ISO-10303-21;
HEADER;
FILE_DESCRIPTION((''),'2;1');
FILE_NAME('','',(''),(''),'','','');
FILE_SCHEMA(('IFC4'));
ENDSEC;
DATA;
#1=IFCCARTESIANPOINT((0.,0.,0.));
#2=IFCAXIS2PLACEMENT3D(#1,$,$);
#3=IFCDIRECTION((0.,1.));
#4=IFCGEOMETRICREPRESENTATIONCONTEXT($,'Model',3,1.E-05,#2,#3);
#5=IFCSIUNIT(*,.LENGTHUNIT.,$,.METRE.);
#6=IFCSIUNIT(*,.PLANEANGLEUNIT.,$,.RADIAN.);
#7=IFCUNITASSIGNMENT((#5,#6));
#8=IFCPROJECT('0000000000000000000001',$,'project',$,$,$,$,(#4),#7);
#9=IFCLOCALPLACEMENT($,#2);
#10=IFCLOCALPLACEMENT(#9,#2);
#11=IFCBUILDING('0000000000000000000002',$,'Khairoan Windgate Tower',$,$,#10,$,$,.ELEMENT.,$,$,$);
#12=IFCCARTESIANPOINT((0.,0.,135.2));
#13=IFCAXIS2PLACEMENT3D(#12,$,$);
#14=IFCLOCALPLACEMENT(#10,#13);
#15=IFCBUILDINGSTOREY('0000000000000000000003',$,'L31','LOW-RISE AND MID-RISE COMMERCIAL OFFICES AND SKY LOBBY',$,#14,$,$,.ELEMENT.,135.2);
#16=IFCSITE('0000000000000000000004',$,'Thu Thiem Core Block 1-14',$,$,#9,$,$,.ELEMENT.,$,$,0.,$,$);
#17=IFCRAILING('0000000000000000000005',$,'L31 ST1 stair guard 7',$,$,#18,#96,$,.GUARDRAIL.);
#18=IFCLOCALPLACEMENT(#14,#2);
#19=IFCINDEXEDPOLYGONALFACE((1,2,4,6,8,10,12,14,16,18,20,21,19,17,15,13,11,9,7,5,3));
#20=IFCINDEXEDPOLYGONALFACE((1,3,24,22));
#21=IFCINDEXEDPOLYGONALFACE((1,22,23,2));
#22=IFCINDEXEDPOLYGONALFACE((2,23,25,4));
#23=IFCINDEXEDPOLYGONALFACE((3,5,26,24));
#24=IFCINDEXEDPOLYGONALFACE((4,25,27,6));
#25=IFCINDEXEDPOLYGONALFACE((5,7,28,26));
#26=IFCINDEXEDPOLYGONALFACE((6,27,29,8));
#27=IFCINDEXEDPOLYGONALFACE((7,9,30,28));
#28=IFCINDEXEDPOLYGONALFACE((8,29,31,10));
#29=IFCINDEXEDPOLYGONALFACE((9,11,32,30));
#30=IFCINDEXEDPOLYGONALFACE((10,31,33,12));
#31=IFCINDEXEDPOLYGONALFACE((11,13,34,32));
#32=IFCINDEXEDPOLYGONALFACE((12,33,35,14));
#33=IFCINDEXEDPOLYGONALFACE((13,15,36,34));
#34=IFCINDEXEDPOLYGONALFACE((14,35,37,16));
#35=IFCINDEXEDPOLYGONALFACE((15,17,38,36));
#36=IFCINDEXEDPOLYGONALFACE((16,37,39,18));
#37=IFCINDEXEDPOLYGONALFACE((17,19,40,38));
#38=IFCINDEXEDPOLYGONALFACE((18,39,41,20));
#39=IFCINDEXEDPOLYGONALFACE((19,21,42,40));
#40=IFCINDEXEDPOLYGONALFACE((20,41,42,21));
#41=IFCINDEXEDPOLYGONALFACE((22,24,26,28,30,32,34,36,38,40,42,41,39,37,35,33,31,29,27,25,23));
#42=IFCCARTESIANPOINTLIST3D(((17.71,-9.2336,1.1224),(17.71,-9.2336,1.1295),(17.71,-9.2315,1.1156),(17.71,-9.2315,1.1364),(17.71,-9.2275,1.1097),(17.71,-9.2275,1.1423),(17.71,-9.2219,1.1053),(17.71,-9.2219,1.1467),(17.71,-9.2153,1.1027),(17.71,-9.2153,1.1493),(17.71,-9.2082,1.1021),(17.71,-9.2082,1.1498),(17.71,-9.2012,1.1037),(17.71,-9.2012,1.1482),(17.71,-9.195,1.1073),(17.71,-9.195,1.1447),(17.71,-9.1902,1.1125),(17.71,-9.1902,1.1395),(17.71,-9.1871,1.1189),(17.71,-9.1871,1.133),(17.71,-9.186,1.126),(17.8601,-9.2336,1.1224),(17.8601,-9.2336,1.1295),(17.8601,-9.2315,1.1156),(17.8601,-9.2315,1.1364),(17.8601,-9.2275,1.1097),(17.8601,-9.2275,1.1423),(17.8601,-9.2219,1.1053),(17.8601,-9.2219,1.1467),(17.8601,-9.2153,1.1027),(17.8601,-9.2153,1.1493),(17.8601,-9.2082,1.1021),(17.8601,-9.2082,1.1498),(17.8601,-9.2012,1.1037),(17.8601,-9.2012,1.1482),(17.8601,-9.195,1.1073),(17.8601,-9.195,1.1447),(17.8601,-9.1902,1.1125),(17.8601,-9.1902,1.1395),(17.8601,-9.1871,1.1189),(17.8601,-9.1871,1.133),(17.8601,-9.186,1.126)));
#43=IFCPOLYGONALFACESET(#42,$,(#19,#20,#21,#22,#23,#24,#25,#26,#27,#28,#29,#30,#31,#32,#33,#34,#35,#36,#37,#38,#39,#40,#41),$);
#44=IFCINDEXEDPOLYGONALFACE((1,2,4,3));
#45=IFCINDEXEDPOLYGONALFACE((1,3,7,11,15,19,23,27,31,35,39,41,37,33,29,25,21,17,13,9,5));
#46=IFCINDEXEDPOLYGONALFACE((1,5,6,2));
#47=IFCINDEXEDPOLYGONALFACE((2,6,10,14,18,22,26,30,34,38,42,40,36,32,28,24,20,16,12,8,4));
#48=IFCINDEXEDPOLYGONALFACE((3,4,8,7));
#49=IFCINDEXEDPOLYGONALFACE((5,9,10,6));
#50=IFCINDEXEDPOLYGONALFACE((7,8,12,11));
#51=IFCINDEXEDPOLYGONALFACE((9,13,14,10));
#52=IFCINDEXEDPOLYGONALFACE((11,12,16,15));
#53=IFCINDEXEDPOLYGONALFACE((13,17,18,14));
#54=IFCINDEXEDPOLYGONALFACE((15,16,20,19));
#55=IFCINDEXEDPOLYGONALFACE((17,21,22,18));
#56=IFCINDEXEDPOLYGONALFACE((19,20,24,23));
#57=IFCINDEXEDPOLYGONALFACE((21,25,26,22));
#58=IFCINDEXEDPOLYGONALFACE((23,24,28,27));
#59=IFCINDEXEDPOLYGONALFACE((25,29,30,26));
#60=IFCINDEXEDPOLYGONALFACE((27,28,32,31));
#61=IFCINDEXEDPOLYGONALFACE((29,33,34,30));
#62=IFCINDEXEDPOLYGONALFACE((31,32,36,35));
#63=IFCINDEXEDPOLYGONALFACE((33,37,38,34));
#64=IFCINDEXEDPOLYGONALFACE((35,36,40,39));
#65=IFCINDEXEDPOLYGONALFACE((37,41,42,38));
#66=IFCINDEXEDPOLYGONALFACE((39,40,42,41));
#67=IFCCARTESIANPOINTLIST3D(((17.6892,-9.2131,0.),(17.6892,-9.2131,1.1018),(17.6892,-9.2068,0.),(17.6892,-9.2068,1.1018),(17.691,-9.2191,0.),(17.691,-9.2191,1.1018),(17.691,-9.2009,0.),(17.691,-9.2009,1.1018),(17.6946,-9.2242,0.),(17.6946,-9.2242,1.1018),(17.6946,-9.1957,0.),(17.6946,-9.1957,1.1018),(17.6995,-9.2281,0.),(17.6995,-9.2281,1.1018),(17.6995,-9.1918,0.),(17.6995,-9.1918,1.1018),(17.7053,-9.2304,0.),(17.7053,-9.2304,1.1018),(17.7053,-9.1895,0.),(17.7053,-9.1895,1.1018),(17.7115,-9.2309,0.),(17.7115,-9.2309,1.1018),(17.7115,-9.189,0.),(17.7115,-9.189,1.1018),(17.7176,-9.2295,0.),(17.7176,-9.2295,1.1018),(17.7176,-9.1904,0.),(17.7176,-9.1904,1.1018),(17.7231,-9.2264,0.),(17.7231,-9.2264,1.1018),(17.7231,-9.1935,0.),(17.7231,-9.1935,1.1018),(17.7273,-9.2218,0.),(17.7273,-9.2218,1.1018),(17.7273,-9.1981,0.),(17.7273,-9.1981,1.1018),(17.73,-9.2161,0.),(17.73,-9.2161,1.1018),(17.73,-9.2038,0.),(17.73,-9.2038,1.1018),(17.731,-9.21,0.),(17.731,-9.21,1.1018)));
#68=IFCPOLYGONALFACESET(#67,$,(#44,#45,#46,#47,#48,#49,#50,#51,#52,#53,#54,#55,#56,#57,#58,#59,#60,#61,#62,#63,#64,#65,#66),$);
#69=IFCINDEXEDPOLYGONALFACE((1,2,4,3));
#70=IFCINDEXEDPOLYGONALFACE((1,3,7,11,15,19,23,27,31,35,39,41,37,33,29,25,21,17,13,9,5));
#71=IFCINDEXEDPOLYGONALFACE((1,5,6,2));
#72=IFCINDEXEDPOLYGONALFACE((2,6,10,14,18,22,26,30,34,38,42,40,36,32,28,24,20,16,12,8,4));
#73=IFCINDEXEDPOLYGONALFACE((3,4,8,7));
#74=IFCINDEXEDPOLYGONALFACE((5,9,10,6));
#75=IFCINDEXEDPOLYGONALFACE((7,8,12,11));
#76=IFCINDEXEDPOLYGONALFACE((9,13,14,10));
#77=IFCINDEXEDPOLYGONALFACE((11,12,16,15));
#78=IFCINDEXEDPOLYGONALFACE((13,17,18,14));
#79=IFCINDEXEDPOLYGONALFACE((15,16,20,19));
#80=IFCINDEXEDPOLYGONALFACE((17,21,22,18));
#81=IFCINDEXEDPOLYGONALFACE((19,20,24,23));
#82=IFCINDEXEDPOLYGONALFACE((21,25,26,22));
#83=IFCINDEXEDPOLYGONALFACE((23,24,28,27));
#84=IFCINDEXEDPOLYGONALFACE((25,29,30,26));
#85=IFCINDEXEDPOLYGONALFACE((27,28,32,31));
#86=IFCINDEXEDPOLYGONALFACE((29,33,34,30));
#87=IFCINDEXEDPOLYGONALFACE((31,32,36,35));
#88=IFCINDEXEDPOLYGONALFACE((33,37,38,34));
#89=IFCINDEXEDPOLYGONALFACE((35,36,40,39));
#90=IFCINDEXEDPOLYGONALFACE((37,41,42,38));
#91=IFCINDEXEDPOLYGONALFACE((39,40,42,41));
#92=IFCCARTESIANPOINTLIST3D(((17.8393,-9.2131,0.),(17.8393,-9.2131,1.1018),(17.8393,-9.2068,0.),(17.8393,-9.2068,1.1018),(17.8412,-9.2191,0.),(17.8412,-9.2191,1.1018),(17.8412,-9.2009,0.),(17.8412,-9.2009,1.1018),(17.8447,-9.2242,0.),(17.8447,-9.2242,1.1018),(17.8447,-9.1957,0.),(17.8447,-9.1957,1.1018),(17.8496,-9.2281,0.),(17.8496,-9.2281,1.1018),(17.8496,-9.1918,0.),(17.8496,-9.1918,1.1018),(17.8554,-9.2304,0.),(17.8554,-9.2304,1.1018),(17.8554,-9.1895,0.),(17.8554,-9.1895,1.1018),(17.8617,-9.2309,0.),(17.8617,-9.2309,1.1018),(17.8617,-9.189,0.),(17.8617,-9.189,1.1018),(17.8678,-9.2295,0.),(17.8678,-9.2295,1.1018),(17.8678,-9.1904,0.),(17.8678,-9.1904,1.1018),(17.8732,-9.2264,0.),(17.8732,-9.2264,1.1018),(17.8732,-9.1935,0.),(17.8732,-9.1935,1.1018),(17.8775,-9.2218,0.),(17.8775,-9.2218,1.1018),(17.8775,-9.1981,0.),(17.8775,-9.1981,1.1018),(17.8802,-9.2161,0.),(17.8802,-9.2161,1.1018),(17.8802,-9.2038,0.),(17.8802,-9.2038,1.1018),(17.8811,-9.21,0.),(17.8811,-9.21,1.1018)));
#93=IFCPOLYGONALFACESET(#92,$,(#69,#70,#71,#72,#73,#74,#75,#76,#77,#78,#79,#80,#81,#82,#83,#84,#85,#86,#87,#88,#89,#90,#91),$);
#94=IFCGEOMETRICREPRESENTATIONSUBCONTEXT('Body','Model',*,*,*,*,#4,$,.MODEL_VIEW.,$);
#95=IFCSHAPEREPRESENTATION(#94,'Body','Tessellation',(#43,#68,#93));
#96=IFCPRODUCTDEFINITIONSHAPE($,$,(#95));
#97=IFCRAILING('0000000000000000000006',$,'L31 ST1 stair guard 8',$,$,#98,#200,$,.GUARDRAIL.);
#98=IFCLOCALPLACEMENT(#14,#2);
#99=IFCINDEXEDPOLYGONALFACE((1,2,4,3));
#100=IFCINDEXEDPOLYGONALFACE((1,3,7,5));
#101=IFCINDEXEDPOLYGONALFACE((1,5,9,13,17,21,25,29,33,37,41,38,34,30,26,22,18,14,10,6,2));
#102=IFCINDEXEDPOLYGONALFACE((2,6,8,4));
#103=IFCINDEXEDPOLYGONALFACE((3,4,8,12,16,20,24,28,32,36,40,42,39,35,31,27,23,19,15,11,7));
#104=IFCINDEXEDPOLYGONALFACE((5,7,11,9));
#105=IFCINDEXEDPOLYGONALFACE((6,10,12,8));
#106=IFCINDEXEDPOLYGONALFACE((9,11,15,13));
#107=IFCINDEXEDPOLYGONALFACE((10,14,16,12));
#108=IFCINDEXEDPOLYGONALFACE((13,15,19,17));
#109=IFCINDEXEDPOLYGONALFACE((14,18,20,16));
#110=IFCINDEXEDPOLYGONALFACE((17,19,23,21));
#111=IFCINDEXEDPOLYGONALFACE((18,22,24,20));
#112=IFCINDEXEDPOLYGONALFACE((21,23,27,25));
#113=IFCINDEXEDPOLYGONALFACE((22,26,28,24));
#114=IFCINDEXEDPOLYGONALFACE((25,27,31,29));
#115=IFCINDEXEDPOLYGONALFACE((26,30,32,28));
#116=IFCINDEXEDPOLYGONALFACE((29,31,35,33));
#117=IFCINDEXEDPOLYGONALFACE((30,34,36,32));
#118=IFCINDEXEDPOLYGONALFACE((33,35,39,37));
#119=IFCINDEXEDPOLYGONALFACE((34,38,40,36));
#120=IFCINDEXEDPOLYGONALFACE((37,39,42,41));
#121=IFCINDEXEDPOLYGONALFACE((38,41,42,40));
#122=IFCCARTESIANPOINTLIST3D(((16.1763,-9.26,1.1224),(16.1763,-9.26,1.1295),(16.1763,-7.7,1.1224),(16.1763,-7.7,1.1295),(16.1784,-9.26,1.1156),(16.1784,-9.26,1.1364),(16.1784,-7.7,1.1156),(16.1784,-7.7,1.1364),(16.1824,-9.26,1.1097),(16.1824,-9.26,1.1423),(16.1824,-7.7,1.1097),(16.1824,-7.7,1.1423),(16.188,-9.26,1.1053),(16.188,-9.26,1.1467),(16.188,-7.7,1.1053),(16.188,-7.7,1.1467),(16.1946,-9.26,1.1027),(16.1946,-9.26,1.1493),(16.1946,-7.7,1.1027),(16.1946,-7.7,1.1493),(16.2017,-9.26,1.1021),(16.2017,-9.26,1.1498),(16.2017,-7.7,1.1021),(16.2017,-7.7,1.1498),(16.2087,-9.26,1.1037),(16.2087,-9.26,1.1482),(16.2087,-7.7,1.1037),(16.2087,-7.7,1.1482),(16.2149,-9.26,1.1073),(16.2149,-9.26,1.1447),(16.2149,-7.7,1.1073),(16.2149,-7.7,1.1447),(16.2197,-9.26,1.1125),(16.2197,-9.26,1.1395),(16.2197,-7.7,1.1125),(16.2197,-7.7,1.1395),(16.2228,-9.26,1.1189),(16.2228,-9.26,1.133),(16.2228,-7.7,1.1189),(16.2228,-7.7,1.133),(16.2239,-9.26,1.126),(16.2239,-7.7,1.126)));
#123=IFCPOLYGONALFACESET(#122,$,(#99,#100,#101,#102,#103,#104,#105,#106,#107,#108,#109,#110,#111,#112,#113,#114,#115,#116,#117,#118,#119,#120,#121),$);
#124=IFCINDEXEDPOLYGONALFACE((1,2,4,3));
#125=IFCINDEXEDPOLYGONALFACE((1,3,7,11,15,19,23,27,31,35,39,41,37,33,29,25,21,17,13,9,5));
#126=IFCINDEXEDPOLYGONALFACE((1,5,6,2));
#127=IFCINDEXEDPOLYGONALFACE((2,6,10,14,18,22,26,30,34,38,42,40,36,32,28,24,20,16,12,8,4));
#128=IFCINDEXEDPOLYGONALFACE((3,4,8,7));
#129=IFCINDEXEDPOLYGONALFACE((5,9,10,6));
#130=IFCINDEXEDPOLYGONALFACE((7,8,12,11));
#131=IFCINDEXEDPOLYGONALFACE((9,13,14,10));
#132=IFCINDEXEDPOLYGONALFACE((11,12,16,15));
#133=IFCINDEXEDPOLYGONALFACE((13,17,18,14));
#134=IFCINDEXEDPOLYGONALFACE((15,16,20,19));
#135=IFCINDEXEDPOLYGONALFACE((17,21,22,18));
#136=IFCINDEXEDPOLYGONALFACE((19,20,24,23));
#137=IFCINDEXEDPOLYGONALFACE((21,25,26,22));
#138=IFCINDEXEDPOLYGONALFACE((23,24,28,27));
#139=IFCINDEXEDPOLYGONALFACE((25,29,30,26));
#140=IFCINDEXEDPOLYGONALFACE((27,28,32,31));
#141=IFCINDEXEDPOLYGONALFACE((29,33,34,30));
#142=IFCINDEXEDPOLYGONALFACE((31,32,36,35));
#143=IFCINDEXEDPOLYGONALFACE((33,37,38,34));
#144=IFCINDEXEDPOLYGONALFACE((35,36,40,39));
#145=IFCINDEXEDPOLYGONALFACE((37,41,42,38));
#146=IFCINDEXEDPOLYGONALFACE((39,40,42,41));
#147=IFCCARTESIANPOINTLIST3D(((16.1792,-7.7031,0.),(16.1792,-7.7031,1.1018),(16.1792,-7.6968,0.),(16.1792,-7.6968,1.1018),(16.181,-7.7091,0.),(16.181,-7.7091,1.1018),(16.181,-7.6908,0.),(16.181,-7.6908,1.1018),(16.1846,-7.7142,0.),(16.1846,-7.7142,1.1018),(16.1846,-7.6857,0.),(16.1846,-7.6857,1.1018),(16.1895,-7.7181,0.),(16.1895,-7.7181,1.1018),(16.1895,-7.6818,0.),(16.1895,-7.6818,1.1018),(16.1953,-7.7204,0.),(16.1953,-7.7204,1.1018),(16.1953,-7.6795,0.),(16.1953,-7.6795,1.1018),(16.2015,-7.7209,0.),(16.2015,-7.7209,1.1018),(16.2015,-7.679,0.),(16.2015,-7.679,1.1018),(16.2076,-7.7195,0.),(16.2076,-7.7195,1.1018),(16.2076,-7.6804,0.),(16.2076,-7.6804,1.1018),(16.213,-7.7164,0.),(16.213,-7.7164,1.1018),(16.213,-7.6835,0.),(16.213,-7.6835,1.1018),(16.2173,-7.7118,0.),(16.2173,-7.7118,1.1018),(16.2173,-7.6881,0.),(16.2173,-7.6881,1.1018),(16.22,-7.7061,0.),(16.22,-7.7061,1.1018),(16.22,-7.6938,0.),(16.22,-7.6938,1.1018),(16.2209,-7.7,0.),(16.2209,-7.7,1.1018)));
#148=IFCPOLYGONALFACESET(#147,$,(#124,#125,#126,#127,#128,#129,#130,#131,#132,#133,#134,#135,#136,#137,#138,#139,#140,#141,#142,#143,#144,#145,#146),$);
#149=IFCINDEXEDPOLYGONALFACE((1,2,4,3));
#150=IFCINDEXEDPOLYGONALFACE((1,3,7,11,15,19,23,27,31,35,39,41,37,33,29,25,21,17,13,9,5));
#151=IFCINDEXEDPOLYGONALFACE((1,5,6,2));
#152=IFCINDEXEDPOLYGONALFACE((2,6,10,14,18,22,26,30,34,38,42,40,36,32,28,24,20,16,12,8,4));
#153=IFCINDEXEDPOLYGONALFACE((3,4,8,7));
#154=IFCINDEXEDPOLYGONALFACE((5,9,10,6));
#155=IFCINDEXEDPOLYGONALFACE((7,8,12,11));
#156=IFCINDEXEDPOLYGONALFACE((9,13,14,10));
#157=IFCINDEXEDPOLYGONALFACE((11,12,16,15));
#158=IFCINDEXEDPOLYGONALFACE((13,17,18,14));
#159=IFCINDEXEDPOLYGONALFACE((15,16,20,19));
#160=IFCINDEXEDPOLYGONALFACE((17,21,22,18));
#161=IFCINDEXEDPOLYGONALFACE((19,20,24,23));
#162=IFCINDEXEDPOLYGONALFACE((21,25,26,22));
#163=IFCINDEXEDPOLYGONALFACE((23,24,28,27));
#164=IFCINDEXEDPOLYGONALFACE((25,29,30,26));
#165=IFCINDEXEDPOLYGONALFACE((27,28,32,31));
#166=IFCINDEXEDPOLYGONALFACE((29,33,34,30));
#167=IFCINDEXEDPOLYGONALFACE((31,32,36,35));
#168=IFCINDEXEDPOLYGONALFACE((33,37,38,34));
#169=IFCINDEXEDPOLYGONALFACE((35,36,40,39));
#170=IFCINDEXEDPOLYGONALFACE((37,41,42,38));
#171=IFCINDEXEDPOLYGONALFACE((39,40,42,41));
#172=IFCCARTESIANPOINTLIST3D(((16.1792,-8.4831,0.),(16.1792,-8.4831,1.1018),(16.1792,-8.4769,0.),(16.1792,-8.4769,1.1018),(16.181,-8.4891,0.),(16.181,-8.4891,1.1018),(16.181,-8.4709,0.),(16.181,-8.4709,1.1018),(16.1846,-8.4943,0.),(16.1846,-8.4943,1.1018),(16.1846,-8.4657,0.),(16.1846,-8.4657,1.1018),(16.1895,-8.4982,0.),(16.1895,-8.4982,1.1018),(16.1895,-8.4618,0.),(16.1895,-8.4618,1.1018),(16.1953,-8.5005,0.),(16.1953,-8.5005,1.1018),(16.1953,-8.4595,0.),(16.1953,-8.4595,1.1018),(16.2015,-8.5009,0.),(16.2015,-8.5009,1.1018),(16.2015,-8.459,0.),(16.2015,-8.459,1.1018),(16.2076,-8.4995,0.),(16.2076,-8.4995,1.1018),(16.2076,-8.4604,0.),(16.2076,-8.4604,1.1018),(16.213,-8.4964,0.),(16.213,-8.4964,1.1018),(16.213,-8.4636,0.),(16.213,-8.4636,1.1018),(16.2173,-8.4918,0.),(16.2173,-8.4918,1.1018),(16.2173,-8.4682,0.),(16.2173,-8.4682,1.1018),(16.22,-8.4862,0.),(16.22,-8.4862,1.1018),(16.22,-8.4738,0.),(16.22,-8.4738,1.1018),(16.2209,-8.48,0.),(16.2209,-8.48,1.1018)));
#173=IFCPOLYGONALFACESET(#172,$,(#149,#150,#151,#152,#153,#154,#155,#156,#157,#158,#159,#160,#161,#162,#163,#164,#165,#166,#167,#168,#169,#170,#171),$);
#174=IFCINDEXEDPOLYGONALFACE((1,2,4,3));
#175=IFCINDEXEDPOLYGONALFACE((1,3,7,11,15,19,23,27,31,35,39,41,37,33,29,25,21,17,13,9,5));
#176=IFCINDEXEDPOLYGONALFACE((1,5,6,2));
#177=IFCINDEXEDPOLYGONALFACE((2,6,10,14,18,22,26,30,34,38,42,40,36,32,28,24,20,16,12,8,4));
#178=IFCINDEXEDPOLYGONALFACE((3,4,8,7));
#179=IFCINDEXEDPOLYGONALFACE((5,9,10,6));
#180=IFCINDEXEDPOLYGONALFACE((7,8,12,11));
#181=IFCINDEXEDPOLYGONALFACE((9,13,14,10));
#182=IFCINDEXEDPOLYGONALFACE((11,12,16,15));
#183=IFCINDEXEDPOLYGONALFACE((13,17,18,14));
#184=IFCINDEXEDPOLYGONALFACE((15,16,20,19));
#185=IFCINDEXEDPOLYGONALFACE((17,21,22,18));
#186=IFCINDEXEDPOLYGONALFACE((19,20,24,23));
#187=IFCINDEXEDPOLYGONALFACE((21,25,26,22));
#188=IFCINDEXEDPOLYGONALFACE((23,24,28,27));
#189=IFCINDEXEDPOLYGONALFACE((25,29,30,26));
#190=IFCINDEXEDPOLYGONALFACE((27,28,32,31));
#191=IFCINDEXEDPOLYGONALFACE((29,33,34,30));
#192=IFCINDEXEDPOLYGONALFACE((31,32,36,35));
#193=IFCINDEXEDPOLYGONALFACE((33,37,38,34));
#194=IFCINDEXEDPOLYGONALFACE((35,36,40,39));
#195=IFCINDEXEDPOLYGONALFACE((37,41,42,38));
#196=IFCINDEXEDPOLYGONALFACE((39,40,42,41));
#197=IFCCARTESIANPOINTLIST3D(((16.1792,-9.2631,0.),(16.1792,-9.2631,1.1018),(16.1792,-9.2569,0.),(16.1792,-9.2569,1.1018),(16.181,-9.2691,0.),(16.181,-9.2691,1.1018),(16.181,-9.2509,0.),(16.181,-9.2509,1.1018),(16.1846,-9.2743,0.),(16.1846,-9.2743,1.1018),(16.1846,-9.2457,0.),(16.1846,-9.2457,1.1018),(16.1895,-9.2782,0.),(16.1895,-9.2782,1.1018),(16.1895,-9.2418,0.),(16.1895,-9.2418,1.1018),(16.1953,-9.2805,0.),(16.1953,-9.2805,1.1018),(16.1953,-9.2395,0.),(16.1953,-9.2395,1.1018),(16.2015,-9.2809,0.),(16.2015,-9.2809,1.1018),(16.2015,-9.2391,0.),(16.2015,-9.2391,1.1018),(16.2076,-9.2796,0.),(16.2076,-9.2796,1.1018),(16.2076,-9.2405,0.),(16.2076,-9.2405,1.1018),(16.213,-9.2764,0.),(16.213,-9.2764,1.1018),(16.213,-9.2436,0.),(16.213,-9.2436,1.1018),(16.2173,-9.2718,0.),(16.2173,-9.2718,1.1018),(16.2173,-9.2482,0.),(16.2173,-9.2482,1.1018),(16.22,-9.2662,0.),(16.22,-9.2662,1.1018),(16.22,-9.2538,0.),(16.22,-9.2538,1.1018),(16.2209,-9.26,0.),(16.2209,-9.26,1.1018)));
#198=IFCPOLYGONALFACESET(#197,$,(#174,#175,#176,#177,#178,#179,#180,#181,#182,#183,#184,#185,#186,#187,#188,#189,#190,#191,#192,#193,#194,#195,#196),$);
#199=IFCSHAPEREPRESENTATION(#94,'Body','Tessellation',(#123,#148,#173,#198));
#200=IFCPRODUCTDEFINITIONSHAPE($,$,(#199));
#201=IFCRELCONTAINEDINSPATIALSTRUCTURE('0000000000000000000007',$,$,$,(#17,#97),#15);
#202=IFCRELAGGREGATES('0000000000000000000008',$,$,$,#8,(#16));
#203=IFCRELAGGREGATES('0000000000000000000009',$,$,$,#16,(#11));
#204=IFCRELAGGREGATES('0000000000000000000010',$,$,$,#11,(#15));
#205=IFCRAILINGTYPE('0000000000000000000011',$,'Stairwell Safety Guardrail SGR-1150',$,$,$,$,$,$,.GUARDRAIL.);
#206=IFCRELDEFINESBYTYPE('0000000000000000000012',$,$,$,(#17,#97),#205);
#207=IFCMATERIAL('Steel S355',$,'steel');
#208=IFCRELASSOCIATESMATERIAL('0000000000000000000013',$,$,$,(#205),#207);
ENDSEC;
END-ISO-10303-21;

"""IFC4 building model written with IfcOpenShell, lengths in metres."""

from ifc_helpers import new_model, si_unit, direction, frame, origin, origin_2d, place, context, subcontext, project, spatial, circle, extrude, material, type_object, element, save


model = new_model("IFC4")

# Units and contexts
model_context = context("Model", 3, precision=1e-05, world=origin(), true_north=direction((0.0, 1.0)))
body_context = subcontext(model_context, "Body", "Model", "MODEL_VIEW")
ifc_project = project(units=[si_unit("LENGTHUNIT", "METRE"), si_unit("PLANEANGLEUNIT", "RADIAN")], contexts=[model_context])

# Site, building, storey
site_placement = place(None, origin())
site = spatial("IfcSite", under=ifc_project, at=site_placement, Name="Thu Thiem Core Block 1-14", CompositionType="ELEMENT", RefElevation=0.0)
building_placement = place(site_placement, origin())
building = spatial("IfcBuilding", under=site, at=building_placement, Name="Khairoan Windgate Tower", CompositionType="ELEMENT")
storey_placement = place(building_placement, frame((0.0, 0.0, 135.2)))
storey = spatial("IfcBuildingStorey", under=building, at=storey_placement, Name="L31", Description="LOW-RISE AND MID-RISE COMMERCIAL OFFICES AND SKY LOBBY", CompositionType="ELEMENT", Elevation=135.2)

# Railings
ifc_material_1 = material(Name="Steel S355", Category="steel")
railing_type_1 = type_object("IfcRailingType", Name="Stairwell Safety Guardrail SGR-1150", PredefinedType="GUARDRAIL", material=ifc_material_1)
railing_1_placement = place(storey_placement, frame((17.71, -9.21, 0.0)))
element("IfcRailing", 1, at=railing_1_placement, inside=storey, type_object=railing_type_1, Name="L31 ST1 stair guard 7", PredefinedType="GUARDRAIL", context=body_context, shape_type="SweptSolid", body=[
    extrude(circle(Radius=0.0239, at=origin_2d()), frame((0.0, 0.0, 1.126), z_axis=(1.0, 0.0, 0.0), x_axis=(0.0, 1.0, 0.0)), (0.0, 0.0, 1.0), 0.1501),
    extrude(circle(Radius=0.021, at=origin_2d()), origin(), (0.0, 0.0, 1.0), 1.1018),
    extrude(circle(Radius=0.021, at=origin_2d()), frame((0.1501, 0.0, 0.0)), (0.0, 0.0, 1.0), 1.1018),
])
for number, where, name in (
    (2, (16.2, -7.7, 0.0), "L31 ST1 stair guard 8"),
):
    element("IfcRailing", number, at=place(storey_placement, frame(where)), inside=storey, type_object=railing_type_1, Name=name, PredefinedType="GUARDRAIL", context=body_context, shape_type="SweptSolid", body=[
        extrude(circle(Radius=0.0239, at=origin_2d()), frame((0.0, 0.0, 1.126), z_axis=(0.0, -1.0, 0.0), x_axis=(1.0, 0.0, 0.0)), (0.0, 0.0, 1.0), 1.5601),
        extrude(circle(Radius=0.021, at=origin_2d()), origin(), (0.0, 0.0, 1.0), 1.1018),
        extrude(circle(Radius=0.021, at=origin_2d()), frame((0.0, -0.78, 0.0)), (0.0, 0.0, 1.0), 1.1018),
        extrude(circle(Radius=0.021, at=origin_2d()), frame((0.0, -1.5601, 0.0)), (0.0, 0.0, 1.0), 1.1018),
    ])

save(model, "model.ifc")
